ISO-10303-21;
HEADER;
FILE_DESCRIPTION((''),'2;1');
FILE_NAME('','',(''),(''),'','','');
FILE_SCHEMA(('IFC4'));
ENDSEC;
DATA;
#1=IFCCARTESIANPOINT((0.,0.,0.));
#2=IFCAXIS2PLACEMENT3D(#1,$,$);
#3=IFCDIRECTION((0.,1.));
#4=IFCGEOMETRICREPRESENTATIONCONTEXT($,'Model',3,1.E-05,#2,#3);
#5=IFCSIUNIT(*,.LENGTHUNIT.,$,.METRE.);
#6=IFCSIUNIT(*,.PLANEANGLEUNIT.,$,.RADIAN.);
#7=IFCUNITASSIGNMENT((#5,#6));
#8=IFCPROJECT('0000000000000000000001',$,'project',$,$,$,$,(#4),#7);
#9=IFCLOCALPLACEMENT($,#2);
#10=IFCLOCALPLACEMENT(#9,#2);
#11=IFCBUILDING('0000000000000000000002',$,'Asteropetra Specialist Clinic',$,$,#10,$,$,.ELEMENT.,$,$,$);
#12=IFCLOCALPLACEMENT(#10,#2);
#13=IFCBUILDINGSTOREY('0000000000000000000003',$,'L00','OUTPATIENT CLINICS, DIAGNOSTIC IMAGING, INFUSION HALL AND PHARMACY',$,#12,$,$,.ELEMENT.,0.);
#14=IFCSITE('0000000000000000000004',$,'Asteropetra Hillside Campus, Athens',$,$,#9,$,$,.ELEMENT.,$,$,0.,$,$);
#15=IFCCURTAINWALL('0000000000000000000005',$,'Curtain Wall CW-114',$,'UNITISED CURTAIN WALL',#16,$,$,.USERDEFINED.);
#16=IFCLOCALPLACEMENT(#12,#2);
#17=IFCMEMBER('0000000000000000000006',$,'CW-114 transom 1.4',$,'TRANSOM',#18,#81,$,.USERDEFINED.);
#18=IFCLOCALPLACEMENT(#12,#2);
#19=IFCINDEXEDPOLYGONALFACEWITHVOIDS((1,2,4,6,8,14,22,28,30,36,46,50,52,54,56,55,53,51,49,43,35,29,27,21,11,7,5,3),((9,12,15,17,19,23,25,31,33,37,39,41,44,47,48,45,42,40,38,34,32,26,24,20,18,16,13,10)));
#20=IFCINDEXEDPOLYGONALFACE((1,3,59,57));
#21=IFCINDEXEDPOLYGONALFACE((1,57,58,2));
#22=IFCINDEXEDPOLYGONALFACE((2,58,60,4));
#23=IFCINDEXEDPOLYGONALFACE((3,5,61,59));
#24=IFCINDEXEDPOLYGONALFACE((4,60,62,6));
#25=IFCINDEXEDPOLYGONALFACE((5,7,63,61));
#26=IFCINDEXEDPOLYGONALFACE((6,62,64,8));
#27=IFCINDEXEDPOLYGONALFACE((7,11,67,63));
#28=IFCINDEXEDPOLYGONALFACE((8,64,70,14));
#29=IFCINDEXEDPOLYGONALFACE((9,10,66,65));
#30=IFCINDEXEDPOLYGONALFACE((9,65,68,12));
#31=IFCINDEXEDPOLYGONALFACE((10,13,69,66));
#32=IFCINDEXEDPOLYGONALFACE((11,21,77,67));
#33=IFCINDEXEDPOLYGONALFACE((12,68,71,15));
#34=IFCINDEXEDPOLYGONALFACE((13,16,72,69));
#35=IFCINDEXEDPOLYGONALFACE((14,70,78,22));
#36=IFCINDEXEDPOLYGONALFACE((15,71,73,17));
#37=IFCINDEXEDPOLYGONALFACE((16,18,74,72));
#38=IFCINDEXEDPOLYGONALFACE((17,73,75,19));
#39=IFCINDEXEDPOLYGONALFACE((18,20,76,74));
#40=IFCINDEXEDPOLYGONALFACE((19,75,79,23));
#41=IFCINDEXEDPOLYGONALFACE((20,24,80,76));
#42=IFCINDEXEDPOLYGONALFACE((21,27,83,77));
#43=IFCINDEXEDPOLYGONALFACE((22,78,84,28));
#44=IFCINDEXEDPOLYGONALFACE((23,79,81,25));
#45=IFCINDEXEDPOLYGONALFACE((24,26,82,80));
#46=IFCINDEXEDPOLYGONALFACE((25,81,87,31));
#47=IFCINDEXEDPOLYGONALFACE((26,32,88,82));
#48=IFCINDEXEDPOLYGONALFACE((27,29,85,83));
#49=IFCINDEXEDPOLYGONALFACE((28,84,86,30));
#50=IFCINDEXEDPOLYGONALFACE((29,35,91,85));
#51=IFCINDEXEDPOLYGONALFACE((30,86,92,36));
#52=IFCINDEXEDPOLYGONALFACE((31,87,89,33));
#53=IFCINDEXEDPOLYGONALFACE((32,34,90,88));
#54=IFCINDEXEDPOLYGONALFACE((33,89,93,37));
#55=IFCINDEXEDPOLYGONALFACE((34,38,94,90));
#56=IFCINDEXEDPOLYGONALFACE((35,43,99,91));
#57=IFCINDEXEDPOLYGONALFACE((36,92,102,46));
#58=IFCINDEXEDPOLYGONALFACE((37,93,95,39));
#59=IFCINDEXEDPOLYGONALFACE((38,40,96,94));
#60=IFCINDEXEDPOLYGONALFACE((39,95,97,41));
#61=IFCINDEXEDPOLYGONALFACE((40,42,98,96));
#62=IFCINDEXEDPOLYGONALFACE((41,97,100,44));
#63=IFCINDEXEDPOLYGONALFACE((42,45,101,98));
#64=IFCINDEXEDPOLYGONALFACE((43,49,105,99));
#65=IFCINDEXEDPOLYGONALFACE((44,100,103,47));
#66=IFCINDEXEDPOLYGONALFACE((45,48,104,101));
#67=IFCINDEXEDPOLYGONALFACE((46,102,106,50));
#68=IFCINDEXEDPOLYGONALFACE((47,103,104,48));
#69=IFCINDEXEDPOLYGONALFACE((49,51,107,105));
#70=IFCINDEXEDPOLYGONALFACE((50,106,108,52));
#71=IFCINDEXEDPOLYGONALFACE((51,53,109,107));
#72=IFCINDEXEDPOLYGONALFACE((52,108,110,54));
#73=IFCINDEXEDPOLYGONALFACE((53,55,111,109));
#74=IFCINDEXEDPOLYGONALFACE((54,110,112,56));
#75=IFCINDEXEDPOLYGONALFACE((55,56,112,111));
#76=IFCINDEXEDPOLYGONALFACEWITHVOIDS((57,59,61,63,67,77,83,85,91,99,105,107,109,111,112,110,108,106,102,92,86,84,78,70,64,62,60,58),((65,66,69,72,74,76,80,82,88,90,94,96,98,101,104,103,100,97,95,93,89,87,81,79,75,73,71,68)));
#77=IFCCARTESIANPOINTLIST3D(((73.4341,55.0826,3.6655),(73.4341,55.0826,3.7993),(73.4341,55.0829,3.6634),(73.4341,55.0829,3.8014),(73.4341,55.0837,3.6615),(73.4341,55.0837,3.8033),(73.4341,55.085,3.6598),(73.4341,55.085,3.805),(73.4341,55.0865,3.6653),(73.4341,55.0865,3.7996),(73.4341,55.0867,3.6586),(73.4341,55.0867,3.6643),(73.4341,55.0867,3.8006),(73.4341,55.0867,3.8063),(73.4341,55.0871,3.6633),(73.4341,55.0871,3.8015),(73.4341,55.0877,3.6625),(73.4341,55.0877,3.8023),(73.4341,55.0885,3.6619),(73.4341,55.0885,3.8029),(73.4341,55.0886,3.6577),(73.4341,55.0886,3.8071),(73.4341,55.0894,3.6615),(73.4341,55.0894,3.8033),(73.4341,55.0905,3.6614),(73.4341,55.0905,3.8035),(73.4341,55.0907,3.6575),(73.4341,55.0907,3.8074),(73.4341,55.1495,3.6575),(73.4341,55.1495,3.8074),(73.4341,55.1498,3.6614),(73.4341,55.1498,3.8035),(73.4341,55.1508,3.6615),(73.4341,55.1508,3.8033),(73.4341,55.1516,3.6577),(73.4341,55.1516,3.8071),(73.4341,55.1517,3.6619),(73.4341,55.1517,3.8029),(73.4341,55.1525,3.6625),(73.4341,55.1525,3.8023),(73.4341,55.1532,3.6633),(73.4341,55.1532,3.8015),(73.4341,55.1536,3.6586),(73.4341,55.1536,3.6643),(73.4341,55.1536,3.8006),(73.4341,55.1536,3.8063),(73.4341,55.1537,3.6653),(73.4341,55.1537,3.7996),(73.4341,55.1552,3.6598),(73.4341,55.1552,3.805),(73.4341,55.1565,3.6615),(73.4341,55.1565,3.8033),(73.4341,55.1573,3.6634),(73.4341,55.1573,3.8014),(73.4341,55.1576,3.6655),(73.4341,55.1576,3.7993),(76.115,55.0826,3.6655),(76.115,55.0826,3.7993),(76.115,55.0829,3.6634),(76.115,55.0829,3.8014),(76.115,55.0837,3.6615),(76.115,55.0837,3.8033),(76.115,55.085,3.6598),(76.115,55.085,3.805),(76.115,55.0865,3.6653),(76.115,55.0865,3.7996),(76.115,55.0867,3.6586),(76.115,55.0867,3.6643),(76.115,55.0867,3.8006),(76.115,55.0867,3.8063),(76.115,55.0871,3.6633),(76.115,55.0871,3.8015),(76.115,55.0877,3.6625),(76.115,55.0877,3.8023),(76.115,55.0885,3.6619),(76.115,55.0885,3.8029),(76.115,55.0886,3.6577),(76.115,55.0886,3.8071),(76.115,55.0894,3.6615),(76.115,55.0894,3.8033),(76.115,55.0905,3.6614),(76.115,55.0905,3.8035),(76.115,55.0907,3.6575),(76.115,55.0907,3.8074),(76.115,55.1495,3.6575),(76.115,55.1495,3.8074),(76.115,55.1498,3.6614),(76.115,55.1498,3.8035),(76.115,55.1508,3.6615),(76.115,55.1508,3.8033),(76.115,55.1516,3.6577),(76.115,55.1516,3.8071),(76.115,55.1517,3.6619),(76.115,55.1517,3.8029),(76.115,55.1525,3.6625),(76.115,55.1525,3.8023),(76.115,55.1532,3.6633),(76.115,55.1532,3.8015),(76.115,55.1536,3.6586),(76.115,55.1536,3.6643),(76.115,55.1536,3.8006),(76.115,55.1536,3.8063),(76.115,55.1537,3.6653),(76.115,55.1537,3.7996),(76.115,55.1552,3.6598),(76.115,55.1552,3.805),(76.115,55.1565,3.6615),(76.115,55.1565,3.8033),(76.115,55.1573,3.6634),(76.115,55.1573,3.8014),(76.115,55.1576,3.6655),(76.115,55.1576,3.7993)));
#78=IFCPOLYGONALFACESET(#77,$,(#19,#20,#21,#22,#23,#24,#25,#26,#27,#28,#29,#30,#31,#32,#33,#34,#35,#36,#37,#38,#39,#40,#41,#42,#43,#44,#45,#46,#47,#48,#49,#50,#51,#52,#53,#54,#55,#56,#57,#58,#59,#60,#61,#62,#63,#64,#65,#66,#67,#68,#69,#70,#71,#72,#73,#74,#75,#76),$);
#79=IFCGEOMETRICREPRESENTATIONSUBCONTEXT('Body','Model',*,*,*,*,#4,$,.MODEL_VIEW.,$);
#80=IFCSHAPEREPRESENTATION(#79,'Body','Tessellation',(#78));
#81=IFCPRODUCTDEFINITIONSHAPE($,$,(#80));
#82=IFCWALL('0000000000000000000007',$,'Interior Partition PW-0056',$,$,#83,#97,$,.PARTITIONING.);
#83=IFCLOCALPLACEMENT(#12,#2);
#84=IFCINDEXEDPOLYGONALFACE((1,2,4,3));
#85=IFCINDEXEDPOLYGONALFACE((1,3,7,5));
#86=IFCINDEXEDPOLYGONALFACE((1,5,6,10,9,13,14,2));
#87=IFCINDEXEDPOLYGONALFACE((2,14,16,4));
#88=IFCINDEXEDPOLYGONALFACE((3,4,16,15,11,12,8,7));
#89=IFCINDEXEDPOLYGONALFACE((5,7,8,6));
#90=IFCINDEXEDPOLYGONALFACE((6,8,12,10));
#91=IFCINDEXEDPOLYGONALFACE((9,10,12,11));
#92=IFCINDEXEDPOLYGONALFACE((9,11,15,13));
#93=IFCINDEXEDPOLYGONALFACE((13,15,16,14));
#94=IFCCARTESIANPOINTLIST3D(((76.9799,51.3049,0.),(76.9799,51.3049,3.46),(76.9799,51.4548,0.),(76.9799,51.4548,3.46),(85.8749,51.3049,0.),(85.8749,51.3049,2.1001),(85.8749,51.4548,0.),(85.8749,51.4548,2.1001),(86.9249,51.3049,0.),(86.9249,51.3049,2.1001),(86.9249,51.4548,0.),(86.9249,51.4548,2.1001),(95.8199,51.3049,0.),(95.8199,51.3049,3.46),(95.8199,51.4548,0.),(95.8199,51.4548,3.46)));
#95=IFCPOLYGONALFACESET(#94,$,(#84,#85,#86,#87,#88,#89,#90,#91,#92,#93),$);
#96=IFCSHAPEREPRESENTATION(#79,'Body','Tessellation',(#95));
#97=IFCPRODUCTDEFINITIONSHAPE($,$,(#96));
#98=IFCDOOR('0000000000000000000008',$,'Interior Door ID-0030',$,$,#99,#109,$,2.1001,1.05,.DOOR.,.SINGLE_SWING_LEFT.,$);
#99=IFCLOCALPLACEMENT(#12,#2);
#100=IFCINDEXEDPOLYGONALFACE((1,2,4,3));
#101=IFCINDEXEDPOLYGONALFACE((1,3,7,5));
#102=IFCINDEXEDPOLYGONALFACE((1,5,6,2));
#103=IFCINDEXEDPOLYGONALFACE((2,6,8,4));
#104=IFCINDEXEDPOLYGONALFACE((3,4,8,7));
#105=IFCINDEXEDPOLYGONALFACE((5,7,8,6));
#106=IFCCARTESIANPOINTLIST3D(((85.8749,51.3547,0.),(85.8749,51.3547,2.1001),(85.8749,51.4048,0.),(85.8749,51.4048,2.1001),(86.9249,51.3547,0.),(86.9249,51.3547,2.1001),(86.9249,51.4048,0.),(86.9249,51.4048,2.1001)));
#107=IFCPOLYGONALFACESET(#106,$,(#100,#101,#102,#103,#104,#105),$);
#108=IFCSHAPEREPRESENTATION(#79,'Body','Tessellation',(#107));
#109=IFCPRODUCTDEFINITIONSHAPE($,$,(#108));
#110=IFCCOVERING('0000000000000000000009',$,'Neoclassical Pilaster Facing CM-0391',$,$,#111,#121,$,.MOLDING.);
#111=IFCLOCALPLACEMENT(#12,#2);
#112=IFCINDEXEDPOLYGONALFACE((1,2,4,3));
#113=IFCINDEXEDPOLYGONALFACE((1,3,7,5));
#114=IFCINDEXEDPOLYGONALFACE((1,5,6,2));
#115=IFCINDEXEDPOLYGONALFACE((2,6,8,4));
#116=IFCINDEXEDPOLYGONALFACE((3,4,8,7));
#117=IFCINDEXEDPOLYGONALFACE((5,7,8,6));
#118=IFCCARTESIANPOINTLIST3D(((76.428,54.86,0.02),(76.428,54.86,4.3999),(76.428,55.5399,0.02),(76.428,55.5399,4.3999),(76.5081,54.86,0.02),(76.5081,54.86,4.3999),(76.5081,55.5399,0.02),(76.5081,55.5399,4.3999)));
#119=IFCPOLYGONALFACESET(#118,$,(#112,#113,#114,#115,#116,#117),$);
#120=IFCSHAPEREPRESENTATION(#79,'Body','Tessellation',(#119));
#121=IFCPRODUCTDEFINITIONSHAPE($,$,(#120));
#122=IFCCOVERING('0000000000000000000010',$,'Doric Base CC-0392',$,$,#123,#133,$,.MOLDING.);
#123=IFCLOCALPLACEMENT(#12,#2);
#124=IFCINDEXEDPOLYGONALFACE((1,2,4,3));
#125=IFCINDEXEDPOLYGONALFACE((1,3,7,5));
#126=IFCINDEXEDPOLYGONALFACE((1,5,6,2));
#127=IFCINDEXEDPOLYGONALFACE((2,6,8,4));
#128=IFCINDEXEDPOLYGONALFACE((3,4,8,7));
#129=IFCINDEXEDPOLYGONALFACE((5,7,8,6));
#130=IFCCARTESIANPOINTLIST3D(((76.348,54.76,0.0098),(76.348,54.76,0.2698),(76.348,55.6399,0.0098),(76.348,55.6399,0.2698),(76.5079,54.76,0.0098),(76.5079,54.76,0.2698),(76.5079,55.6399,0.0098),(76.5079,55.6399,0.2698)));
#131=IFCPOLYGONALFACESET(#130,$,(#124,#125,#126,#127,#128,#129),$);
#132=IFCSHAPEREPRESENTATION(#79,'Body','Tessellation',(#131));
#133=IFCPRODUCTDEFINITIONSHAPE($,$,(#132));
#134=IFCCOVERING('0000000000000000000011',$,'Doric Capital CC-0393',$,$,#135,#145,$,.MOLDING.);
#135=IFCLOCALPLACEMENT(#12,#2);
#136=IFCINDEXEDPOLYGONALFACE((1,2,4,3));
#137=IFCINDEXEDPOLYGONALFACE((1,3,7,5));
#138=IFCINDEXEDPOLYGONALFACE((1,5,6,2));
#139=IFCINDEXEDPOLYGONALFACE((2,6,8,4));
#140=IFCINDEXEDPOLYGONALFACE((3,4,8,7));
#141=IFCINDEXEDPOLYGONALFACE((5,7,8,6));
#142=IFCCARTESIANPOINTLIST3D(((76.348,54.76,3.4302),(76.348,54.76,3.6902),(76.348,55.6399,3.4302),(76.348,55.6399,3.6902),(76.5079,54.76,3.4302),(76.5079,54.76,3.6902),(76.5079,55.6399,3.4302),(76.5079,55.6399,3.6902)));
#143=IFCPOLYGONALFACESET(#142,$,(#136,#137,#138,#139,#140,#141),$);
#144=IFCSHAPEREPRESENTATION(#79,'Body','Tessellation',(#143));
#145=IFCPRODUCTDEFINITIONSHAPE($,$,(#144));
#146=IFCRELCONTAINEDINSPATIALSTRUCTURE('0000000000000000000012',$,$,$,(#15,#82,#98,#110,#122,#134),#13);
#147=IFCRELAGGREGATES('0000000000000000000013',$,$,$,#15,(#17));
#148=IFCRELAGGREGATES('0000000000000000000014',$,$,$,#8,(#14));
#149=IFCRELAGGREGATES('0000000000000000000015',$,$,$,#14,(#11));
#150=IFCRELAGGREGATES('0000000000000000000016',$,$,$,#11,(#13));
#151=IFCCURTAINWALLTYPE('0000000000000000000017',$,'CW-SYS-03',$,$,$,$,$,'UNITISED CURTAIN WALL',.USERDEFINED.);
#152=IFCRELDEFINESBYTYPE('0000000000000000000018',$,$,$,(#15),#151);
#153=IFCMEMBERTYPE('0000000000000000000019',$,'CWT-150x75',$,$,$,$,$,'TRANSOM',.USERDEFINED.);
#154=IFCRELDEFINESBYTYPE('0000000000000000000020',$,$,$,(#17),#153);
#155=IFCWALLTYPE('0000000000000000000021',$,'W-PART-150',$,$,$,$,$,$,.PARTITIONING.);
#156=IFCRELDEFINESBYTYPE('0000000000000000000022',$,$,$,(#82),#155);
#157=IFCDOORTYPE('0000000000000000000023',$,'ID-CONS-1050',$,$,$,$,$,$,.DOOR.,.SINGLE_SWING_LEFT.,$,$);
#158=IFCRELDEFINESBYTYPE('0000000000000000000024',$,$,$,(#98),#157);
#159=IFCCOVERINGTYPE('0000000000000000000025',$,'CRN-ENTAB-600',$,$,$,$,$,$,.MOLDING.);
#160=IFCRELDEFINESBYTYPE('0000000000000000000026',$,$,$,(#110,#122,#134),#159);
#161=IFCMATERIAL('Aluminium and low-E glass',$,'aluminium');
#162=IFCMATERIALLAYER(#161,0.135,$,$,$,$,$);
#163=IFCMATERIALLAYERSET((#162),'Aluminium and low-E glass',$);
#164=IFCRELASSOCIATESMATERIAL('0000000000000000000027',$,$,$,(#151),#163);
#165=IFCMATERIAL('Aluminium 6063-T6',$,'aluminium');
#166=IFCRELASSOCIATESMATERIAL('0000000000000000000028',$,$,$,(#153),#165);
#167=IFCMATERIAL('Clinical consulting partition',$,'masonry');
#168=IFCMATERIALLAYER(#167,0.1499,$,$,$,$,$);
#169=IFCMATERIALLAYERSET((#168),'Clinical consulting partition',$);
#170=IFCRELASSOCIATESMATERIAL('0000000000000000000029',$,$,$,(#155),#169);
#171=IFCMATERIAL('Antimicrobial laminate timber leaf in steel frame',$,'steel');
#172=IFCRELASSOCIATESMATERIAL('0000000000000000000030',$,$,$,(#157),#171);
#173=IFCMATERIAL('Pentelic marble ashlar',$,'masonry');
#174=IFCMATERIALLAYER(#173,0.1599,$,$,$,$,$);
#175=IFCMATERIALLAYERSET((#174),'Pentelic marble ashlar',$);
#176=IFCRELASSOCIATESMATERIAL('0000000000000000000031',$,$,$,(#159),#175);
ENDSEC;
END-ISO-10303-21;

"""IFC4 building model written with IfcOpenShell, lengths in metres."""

from ifc_helpers import new_model, si_unit, direction, frame, frame_2d, origin, origin_2d, place, context, subcontext, project, spatial, rectangle, hollow_rectangle, extrude, material, layer, layer_set, material_profile, profile_set, type_object, element, fill, aggregate, save


model = new_model("IFC4")

# Units and contexts
model_context = context("Model", 3, precision=1e-05, world=origin(), true_north=direction((0.0, 1.0)))
body_context = subcontext(model_context, "Body", "Model", "MODEL_VIEW")
ifc_project = project(units=[si_unit("LENGTHUNIT", "METRE"), si_unit("PLANEANGLEUNIT", "RADIAN")], contexts=[model_context])

# Site, building, storey
site_placement = place(None, origin())
site = spatial("IfcSite", under=ifc_project, at=site_placement, Name="Asteropetra Hillside Campus, Athens", CompositionType="ELEMENT", RefElevation=0.0)
building_placement = place(site_placement, origin())
building = spatial("IfcBuilding", under=site, at=building_placement, Name="Asteropetra Specialist Clinic", CompositionType="ELEMENT")
storey_placement = place(building_placement, origin())
storey = spatial("IfcBuildingStorey", under=building, at=storey_placement, Name="L00", Description="OUTPATIENT CLINICS, DIAGNOSTIC IMAGING, INFUSION HALL AND PHARMACY", CompositionType="ELEMENT", Elevation=0.0)

# Curtain wall, member
ifc_material_1 = material(Name="Aluminium and low-E glass", Category="aluminium")
ifc_layer_1 = layer(ifc_material_1, 0.135)
ifc_layer_set_1 = layer_set([ifc_layer_1], Name="Aluminium and low-E glass")
curtain_wall_type_1 = type_object("IfcCurtainWallType", Name="CW-SYS-03", ElementType="UNITISED CURTAIN WALL", PredefinedType="USERDEFINED", material=ifc_layer_set_1)
curtain_wall_1_placement = place(storey_placement, origin())
curtain_wall_1 = element("IfcCurtainWall", 1, at=curtain_wall_1_placement, inside=storey, type_object=curtain_wall_type_1, Name="Curtain Wall CW-114", ObjectType="UNITISED CURTAIN WALL", PredefinedType="USERDEFINED")
ifc_material_2 = material(Name="Aluminium 6063-T6", Category="aluminium")
ifc_material_profile_1 = material_profile(ifc_material_2, hollow_rectangle(XDim=0.075, YDim=0.1499, WallThickness=0.0039, InnerFilletRadius=0.0039, OuterFilletRadius=0.0081, at=origin_2d()), Name="TRN 150x75x4.0")
ifc_profile_set_1 = profile_set([ifc_material_profile_1], Name="Aluminium 6063-T6")
member_type_1 = type_object("IfcMemberType", Name="CWT-150x75", ElementType="TRANSOM", PredefinedType="USERDEFINED", material=ifc_profile_set_1)
member_1_placement = place(storey_placement, frame((76.115, 55.1201, 3.7324), z_axis=(-1.0, 0.0, 0.0), x_axis=(0.0, -1.0, 0.0)))
member_1 = element("IfcMember", 2, at=member_1_placement, type_object=member_type_1, Name="CW-114 transom 1.4", ObjectType="TRANSOM", PredefinedType="USERDEFINED", context=body_context, shape_type="SweptSolid", body=[
    extrude(hollow_rectangle(XDim=0.075, YDim=0.1499, WallThickness=0.0039, InnerFilletRadius=0.0039, OuterFilletRadius=0.0081, at=origin_2d()), origin(), (0.0, 0.0, 1.0), 2.6809),
])
aggregate(curtain_wall_1, [member_1])

# Wall, opening, door
ifc_material_3 = material(Name="Clinical consulting partition", Category="masonry")
ifc_layer_2 = layer(ifc_material_3, 0.1499)
ifc_layer_set_2 = layer_set([ifc_layer_2], Name="Clinical consulting partition")
wall_type = type_object("IfcWallType", Name="W-PART-150", PredefinedType="PARTITIONING", material=ifc_layer_set_2)
wall_placement = place(storey_placement, frame((76.98, 51.3799, 0.0), z_axis=(0.0, 0.0, 1.0), x_axis=(1.0, 0.0, 0.0)))
wall = element("IfcWall", 3, at=wall_placement, inside=storey, type_object=wall_type, Name="Interior Partition PW-0056", PredefinedType="PARTITIONING", context=body_context, shape_type="SweptSolid", body=[
    extrude(rectangle(XDim=18.8401, YDim=0.1499, at=frame_2d((9.4199, 0.0))), origin(), (0.0, 0.0, 1.0), 3.46),
])
opening_placement = place(wall_placement, frame((8.895, 0.0, 0.0)))
opening = element("IfcOpeningElement", 4, at=opening_placement, cuts=wall, PredefinedType="OPENING", context=body_context, shape_type="SweptSolid", body=[
    extrude(rectangle(XDim=1.05, YDim=2.1001, at=frame_2d((0.5249, 1.05))), frame((0.0, 0.085, 0.0), z_axis=(0.0, -1.0, 0.0), x_axis=(1.0, 0.0, 0.0)), (0.0, 0.0, 1.0), 0.1699),
])
ifc_material_4 = material(Name="Antimicrobial laminate timber leaf in steel frame", Category="steel")
door_type = type_object("IfcDoorType", Name="ID-CONS-1050", OperationType="SINGLE_SWING_LEFT", PredefinedType="DOOR", material=ifc_material_4)
door_placement = place(opening_placement, origin())
door = element("IfcDoor", 5, at=door_placement, inside=storey, type_object=door_type, Name="Interior Door ID-0030", OperationType="SINGLE_SWING_LEFT", OverallHeight=2.1001, OverallWidth=1.05, PredefinedType="DOOR", context=body_context, shape_type="SweptSolid", body=[
    extrude(rectangle(XDim=1.05, YDim=2.1001, at=frame_2d((0.5249, 1.05))), frame((0.0, 0.0249, 0.0), z_axis=(0.0, -1.0, 0.0), x_axis=(1.0, 0.0, 0.0)), (0.0, 0.0, 1.0), 0.05),
])
fill(opening, door)

# Coverings
ifc_material_5 = material(Name="Pentelic marble ashlar", Category="masonry")
ifc_layer_3 = layer(ifc_material_5, 0.1599)
ifc_layer_set_3 = layer_set([ifc_layer_3], Name="Pentelic marble ashlar")
covering_type = type_object("IfcCoveringType", Name="CRN-ENTAB-600", PredefinedType="MOLDING", material=ifc_layer_set_3)
covering_placement = place(storey_placement, frame((76.468, 55.2, 0.02), z_axis=(0.0, 0.0, 1.0), x_axis=(1.0, 0.0, 0.0)))
element("IfcCovering", 6, at=covering_placement, inside=storey, type_object=covering_type, Name="Neoclassical Pilaster Facing CM-0391", PredefinedType="MOLDING", context=body_context, shape_type="SweptSolid", body=[
    extrude(rectangle(XDim=0.0801, YDim=0.6799, at=origin_2d()), origin(), (0.0, 0.0, 1.0), 4.3799),
])
for number, where, z_axis, x_axis, name in (
    (7, (76.428, 55.2, 0.0098), (0.0, 0.0, 1.0), (1.0, 0.0, 0.0), "Doric Base CC-0392"),
    (8, (76.428, 55.2, 3.4302), (0.0, 0.0, 1.0), (1.0, 0.0, 0.0), "Doric Capital CC-0393"),
):
    element("IfcCovering", number, at=place(storey_placement, frame(where, z_axis=z_axis, x_axis=x_axis)), inside=storey, type_object=covering_type, Name=name, PredefinedType="MOLDING", context=body_context, shape_type="SweptSolid", body=[
        extrude(rectangle(XDim=0.1599, YDim=0.8799, at=origin_2d()), origin(), (0.0, 0.0, 1.0), 0.26),
    ])

save(model, "model.ifc")
